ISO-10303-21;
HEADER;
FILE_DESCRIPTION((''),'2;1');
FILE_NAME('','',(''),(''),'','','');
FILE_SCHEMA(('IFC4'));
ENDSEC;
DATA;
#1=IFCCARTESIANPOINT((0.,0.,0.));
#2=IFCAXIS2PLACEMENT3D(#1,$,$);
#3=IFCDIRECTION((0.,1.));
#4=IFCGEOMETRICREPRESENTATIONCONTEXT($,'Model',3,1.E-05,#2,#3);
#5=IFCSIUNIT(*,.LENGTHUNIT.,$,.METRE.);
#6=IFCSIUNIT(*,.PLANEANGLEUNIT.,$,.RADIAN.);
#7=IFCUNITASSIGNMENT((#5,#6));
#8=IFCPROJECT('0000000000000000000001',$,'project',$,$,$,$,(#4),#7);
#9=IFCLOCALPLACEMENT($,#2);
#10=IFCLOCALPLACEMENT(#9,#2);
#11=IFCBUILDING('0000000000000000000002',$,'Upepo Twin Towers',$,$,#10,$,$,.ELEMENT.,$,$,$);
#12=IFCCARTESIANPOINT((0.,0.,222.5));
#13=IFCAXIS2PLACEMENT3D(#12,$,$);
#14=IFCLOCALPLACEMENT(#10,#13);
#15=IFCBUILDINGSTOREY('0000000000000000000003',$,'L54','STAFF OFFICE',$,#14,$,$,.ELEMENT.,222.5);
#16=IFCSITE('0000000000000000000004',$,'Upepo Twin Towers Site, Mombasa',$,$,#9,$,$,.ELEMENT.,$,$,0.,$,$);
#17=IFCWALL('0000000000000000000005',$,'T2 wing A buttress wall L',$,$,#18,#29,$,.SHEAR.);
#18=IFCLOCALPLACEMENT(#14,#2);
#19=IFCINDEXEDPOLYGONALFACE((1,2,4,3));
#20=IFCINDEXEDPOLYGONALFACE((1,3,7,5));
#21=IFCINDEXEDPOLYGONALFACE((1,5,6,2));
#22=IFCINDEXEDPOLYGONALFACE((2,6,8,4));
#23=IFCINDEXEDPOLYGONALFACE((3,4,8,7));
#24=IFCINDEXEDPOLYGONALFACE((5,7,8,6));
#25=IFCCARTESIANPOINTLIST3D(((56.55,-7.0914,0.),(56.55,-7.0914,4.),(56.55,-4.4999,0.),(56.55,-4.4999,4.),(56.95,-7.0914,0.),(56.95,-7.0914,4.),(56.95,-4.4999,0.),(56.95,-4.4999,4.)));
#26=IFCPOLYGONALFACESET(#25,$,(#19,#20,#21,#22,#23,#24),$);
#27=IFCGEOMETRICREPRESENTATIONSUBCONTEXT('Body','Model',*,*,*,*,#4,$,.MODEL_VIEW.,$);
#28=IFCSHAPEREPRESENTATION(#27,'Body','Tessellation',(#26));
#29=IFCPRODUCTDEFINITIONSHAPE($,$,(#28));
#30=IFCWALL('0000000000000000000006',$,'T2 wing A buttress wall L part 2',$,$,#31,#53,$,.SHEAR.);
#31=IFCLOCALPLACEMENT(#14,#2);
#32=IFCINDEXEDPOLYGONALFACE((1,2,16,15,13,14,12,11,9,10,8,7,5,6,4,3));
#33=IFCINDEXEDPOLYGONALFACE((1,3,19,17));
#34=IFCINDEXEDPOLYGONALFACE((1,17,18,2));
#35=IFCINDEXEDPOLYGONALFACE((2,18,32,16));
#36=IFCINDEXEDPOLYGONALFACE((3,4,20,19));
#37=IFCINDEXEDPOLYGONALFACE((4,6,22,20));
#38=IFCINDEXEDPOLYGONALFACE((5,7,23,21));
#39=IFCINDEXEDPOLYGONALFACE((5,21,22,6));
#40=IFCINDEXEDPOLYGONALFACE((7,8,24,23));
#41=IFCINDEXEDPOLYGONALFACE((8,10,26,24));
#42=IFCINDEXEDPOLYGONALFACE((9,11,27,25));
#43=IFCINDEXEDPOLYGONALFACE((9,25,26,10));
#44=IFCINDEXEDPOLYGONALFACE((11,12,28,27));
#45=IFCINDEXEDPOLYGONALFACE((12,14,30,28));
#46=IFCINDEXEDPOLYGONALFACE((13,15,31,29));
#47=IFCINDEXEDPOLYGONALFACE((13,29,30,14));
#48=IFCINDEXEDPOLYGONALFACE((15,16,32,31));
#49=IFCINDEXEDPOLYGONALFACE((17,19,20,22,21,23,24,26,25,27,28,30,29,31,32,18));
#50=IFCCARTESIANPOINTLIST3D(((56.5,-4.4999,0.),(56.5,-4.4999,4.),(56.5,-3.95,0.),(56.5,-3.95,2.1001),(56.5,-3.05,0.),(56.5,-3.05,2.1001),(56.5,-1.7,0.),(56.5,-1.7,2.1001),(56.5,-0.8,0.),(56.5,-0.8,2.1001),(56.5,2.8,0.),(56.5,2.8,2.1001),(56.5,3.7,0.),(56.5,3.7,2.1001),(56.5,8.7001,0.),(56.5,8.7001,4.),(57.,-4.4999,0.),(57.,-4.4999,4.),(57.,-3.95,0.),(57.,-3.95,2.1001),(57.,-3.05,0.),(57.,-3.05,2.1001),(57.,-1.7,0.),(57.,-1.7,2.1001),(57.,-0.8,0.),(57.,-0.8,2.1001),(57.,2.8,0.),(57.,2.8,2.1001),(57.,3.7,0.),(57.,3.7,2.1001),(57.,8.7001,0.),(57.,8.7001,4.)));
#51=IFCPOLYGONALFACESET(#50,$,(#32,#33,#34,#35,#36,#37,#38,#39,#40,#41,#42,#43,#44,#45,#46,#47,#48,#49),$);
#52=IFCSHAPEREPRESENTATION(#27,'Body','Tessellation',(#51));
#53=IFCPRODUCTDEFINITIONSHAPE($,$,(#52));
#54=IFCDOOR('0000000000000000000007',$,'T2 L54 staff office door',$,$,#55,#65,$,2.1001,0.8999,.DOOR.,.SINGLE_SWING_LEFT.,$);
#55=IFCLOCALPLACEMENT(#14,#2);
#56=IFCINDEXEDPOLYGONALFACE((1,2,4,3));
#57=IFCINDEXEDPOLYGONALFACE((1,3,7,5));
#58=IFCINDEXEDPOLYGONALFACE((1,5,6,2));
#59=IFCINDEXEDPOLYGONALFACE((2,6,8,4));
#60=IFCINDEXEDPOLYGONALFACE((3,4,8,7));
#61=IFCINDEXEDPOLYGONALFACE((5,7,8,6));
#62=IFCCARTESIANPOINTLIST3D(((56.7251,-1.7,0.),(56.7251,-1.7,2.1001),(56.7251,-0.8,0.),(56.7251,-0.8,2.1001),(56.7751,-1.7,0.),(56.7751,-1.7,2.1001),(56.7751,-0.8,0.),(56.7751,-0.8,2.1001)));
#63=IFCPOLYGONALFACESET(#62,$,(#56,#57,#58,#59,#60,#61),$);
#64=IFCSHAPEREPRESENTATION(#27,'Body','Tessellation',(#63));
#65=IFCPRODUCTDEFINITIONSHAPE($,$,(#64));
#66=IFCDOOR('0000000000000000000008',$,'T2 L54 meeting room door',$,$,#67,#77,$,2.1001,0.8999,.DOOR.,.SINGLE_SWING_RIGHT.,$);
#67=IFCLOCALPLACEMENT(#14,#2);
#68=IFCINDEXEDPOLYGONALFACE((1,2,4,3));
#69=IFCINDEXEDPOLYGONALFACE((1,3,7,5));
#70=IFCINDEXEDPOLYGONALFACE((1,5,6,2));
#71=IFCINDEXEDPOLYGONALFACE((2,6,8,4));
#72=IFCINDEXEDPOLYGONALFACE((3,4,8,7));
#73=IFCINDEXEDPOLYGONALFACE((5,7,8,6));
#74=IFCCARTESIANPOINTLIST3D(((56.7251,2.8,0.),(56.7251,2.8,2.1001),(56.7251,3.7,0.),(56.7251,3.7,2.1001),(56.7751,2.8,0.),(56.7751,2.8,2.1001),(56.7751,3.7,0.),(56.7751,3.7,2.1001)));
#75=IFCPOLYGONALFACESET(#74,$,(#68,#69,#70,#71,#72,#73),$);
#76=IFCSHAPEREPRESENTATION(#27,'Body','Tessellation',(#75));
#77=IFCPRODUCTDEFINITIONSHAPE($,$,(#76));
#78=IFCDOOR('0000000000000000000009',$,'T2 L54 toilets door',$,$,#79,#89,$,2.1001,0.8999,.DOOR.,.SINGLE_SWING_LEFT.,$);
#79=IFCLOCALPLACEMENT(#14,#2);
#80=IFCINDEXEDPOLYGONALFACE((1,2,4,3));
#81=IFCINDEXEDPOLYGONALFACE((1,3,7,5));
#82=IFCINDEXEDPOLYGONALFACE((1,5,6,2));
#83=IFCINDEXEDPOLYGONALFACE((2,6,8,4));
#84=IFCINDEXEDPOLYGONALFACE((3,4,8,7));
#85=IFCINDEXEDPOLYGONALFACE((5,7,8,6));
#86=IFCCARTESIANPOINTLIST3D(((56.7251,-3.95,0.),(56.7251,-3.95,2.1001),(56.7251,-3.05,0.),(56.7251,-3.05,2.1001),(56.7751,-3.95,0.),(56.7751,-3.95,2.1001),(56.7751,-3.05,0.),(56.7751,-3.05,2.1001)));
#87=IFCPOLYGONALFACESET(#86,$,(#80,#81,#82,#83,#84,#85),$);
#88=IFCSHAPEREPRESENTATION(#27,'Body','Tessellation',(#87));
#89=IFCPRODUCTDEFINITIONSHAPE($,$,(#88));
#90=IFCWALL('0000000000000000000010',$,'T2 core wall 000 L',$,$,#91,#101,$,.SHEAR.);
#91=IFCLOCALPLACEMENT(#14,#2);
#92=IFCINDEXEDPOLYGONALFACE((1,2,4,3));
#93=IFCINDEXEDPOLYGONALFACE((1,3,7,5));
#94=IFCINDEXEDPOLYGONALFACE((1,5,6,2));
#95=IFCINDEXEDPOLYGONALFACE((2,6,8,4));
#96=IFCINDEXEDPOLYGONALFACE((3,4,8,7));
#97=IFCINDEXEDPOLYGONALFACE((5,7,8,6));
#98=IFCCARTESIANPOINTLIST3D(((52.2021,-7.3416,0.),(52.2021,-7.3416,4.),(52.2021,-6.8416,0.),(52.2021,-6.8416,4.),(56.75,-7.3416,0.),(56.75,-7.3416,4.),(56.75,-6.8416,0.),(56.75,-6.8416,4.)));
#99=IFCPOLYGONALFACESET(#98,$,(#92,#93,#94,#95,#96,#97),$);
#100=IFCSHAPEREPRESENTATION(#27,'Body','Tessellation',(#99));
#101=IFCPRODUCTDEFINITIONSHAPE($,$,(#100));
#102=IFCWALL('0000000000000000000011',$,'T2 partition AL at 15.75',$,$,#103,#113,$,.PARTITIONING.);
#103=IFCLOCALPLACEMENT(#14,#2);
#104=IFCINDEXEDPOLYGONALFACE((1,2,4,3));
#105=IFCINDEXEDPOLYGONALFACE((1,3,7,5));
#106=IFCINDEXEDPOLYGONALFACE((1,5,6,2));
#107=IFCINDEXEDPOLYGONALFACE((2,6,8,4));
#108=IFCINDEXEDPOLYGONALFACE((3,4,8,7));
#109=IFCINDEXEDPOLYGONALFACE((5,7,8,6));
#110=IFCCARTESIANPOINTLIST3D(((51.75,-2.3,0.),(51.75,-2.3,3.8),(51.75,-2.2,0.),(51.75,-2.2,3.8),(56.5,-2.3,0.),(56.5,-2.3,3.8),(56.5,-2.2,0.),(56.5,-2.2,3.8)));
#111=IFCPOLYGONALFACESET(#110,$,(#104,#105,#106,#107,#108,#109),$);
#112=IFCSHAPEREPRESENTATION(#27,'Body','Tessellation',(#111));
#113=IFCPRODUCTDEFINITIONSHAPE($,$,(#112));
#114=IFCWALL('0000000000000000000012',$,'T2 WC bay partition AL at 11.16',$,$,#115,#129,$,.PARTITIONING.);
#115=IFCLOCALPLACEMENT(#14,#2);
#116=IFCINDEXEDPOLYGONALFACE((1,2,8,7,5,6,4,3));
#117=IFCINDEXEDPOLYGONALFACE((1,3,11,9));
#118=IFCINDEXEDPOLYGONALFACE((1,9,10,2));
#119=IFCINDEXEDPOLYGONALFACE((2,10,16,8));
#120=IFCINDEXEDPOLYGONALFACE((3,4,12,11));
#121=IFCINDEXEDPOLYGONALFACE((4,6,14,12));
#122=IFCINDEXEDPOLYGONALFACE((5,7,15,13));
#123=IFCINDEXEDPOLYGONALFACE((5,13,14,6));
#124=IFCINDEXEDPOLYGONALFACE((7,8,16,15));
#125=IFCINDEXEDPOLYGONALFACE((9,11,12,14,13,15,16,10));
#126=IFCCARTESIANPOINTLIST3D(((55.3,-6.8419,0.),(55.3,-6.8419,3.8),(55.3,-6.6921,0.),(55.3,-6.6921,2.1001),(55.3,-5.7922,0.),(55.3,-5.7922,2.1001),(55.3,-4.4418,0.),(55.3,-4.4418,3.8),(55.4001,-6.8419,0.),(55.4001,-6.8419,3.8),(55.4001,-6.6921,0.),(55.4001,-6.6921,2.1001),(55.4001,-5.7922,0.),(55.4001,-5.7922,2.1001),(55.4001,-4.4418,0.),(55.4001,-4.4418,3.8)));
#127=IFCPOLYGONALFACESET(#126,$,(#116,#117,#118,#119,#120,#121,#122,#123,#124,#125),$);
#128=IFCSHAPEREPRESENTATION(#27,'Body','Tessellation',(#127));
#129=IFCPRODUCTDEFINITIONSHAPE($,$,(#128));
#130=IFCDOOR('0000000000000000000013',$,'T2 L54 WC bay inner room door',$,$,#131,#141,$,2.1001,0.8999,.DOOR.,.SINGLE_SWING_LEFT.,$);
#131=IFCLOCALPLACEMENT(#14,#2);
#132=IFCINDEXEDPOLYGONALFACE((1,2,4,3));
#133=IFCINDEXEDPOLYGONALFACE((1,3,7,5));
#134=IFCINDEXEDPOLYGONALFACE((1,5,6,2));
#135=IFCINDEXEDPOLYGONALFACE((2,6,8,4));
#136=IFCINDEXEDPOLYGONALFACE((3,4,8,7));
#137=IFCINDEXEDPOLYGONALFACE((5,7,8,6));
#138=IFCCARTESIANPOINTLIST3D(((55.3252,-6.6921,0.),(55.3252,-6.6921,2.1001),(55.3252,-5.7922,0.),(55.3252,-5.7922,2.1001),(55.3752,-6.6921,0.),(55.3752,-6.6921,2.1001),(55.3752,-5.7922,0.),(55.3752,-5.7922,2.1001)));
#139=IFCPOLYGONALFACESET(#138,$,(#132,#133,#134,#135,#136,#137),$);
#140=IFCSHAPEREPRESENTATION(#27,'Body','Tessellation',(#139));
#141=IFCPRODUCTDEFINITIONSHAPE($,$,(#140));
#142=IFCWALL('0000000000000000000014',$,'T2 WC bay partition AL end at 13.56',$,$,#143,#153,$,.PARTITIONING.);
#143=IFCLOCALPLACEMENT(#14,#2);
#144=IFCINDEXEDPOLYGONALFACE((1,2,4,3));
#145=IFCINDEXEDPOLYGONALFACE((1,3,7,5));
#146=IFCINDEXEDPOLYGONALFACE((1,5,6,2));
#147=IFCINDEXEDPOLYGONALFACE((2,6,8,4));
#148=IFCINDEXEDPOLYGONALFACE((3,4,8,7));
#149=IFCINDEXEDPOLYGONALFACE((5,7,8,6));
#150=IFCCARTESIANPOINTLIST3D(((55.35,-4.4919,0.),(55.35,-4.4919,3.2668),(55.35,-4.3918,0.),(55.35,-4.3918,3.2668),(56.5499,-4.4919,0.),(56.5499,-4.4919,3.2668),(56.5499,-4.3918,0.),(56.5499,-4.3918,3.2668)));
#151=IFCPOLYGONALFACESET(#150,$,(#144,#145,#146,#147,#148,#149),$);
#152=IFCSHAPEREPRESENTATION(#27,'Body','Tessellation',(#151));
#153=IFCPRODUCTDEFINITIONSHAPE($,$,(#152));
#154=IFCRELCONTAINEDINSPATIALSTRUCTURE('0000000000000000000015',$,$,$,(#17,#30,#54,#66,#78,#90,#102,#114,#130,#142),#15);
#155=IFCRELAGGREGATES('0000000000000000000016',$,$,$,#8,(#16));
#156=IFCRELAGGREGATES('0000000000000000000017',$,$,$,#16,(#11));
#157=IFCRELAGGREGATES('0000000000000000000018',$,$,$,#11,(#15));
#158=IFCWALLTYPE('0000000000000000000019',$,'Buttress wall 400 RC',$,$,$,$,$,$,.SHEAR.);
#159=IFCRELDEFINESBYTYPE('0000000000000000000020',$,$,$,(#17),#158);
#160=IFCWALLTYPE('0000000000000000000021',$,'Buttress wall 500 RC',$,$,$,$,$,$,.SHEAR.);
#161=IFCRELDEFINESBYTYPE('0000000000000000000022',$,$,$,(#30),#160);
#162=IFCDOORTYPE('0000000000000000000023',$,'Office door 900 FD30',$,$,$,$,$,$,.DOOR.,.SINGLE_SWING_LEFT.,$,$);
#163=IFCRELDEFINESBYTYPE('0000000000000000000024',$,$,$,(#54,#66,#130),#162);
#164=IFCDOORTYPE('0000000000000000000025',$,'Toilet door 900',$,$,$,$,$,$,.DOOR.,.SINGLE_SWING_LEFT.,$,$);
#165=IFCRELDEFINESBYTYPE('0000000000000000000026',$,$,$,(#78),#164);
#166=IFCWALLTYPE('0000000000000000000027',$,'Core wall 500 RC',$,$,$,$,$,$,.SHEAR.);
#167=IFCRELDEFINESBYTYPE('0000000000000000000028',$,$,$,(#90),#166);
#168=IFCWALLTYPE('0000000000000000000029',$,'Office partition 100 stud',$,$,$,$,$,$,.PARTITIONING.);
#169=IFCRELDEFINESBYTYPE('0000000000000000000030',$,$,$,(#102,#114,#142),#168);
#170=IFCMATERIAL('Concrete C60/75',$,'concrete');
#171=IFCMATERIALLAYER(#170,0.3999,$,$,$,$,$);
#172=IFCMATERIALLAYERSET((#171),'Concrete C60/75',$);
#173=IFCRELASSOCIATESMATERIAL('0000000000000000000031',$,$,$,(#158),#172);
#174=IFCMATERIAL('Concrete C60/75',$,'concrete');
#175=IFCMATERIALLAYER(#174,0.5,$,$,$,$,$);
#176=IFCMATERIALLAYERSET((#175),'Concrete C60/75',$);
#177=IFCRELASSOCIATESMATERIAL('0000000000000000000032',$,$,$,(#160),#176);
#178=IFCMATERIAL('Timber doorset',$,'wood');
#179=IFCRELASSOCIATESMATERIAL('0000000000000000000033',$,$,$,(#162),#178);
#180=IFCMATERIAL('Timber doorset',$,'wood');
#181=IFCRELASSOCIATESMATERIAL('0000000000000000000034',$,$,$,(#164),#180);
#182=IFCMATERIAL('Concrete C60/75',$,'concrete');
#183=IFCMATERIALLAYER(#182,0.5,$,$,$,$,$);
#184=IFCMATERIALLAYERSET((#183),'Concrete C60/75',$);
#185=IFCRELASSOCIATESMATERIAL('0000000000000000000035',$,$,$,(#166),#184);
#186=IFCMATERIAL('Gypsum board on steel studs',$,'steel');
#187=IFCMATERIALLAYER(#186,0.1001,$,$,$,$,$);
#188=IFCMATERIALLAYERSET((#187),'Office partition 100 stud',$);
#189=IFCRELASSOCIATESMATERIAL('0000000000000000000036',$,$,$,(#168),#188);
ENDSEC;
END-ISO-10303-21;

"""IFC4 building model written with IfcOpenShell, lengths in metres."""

from ifc_helpers import new_model, si_unit, direction, frame, frame_2d, origin, place, context, subcontext, project, spatial, rectangle, extrude, material, layer, layer_set, type_object, element, fill, save


model = new_model("IFC4")

# Units and contexts
model_context = context("Model", 3, precision=1e-05, world=origin(), true_north=direction((0.0, 1.0)))
body_context = subcontext(model_context, "Body", "Model", "MODEL_VIEW")
ifc_project = project(units=[si_unit("LENGTHUNIT", "METRE"), si_unit("PLANEANGLEUNIT", "RADIAN")], contexts=[model_context])

# Site, building, storey
site_placement = place(None, origin())
site = spatial("IfcSite", under=ifc_project, at=site_placement, Name="Upepo Twin Towers Site, Mombasa", CompositionType="ELEMENT", RefElevation=0.0)
building_placement = place(site_placement, origin())
building = spatial("IfcBuilding", under=site, at=building_placement, Name="Upepo Twin Towers", CompositionType="ELEMENT")
storey_placement = place(building_placement, frame((0.0, 0.0, 222.5)))
storey = spatial("IfcBuildingStorey", under=building, at=storey_placement, Name="L54", Description="STAFF OFFICE", CompositionType="ELEMENT", Elevation=222.5)

# Wall
ifc_material_1 = material(Name="Concrete C60/75", Category="concrete")
ifc_layer_1 = layer(ifc_material_1, 0.3999)
ifc_layer_set_1 = layer_set([ifc_layer_1], Name="Concrete C60/75")
wall_type_1 = type_object("IfcWallType", Name="Buttress wall 400 RC", PredefinedType="SHEAR", material=ifc_layer_set_1)
wall_1_placement = place(storey_placement, frame((56.75, -7.0916, 0.0), z_axis=(0.0, 0.0, 1.0), x_axis=(0.0, 1.0, 0.0)))
element("IfcWall", 1, at=wall_1_placement, inside=storey, type_object=wall_type_1, Name="T2 wing A buttress wall L", PredefinedType="SHEAR", context=body_context, shape_type="SweptSolid", body=[
    extrude(rectangle(XDim=2.5916, YDim=0.3999, at=frame_2d((1.2959, 0.0))), origin(), (0.0, 0.0, 1.0), 4.0),
])

# Wall, openings, doors
ifc_material_2 = material(Name="Concrete C60/75", Category="concrete")
ifc_layer_2 = layer(ifc_material_2, 0.5)
ifc_layer_set_2 = layer_set([ifc_layer_2], Name="Concrete C60/75")
wall_type_2 = type_object("IfcWallType", Name="Buttress wall 500 RC", PredefinedType="SHEAR", material=ifc_layer_set_2)
wall_2_placement = place(storey_placement, frame((56.75, -4.5, 0.0), z_axis=(0.0, 0.0, 1.0), x_axis=(0.0, 1.0, 0.0)))
wall_2 = element("IfcWall", 2, at=wall_2_placement, inside=storey, type_object=wall_type_2, Name="T2 wing A buttress wall L part 2", PredefinedType="SHEAR", context=body_context, shape_type="SweptSolid", body=[
    extrude(rectangle(XDim=13.2, YDim=0.5, at=frame_2d((6.6001, 0.0))), origin(), (0.0, 0.0, 1.0), 4.0),
])
opening_1_placement = place(wall_2_placement, frame((0.55, 0.0, 0.0)))
opening_1 = element("IfcOpeningElement", 3, at=opening_1_placement, cuts=wall_2, PredefinedType="OPENING", context=body_context, shape_type="SweptSolid", body=[
    extrude(rectangle(XDim=0.8999, YDim=2.1001, at=frame_2d((0.45, 1.05))), frame((0.0, 0.26, 0.0), z_axis=(0.0, -1.0, 0.0), x_axis=(1.0, 0.0, 0.0)), (0.0, 0.0, 1.0), 0.52),
])
opening_2_placement = place(wall_2_placement, frame((2.8, 0.0, 0.0)))
opening_2 = element("IfcOpeningElement", 4, at=opening_2_placement, cuts=wall_2, PredefinedType="OPENING", context=body_context, shape_type="SweptSolid", body=[
    extrude(rectangle(XDim=0.8999, YDim=2.1001, at=frame_2d((0.45, 1.05))), frame((0.0, 0.26, 0.0), z_axis=(0.0, -1.0, 0.0), x_axis=(1.0, 0.0, 0.0)), (0.0, 0.0, 1.0), 0.52),
])
opening_3_placement = place(wall_2_placement, frame((7.3, 0.0, 0.0)))
opening_3 = element("IfcOpeningElement", 5, at=opening_3_placement, cuts=wall_2, PredefinedType="OPENING", context=body_context, shape_type="SweptSolid", body=[
    extrude(rectangle(XDim=0.8999, YDim=2.1001, at=frame_2d((0.45, 1.05))), frame((0.0, 0.26, 0.0), z_axis=(0.0, -1.0, 0.0), x_axis=(1.0, 0.0, 0.0)), (0.0, 0.0, 1.0), 0.52),
])
ifc_material_3 = material(Name="Timber doorset", Category="wood")
door_type_1 = type_object("IfcDoorType", Name="Office door 900 FD30", OperationType="SINGLE_SWING_LEFT", PredefinedType="DOOR", material=ifc_material_3)
door_1_placement = place(opening_2_placement, origin())
door_1 = element("IfcDoor", 6, at=door_1_placement, inside=storey, type_object=door_type_1, Name="T2 L54 staff office door", OperationType="SINGLE_SWING_LEFT", OverallHeight=2.1001, OverallWidth=0.8999, PredefinedType="DOOR", context=body_context, shape_type="SweptSolid", body=[
    extrude(rectangle(XDim=0.8999, YDim=2.1001, at=frame_2d((0.45, 1.05))), frame((0.0, 0.0249, 0.0), z_axis=(0.0, -1.0, 0.0), x_axis=(1.0, 0.0, 0.0)), (0.0, 0.0, 1.0), 0.05),
])
fill(opening_2, door_1)
door_2_placement = place(opening_3_placement, origin())
door_2 = element("IfcDoor", 7, at=door_2_placement, inside=storey, type_object=door_type_1, Name="T2 L54 meeting room door", OperationType="SINGLE_SWING_RIGHT", OverallHeight=2.1001, OverallWidth=0.8999, PredefinedType="DOOR", context=body_context, shape_type="SweptSolid", body=[
    extrude(rectangle(XDim=0.8999, YDim=2.1001, at=frame_2d((0.45, 1.05))), frame((0.0, 0.0249, 0.0), z_axis=(0.0, -1.0, 0.0), x_axis=(1.0, 0.0, 0.0)), (0.0, 0.0, 1.0), 0.05),
])
fill(opening_3, door_2)
ifc_material_4 = material(Name="Timber doorset", Category="wood")
door_type_2 = type_object("IfcDoorType", Name="Toilet door 900", OperationType="SINGLE_SWING_LEFT", PredefinedType="DOOR", material=ifc_material_4)
door_3_placement = place(opening_1_placement, origin())
door_3 = element("IfcDoor", 8, at=door_3_placement, inside=storey, type_object=door_type_2, Name="T2 L54 toilets door", OperationType="SINGLE_SWING_LEFT", OverallHeight=2.1001, OverallWidth=0.8999, PredefinedType="DOOR", context=body_context, shape_type="SweptSolid", body=[
    extrude(rectangle(XDim=0.8999, YDim=2.1001, at=frame_2d((0.45, 1.05))), frame((0.0, 0.0249, 0.0), z_axis=(0.0, -1.0, 0.0), x_axis=(1.0, 0.0, 0.0)), (0.0, 0.0, 1.0), 0.05),
])
fill(opening_1, door_3)

# Walls
ifc_material_5 = material(Name="Concrete C60/75", Category="concrete")
ifc_layer_3 = layer(ifc_material_5, 0.5)
ifc_layer_set_3 = layer_set([ifc_layer_3], Name="Concrete C60/75")
wall_type_3 = type_object("IfcWallType", Name="Core wall 500 RC", PredefinedType="SHEAR", material=ifc_layer_set_3)
wall_3_placement = place(storey_placement, frame((56.75, -7.0916, 0.0), z_axis=(0.0, 0.0, 1.0), x_axis=(-1.0, 0.0, 0.0)))
element("IfcWall", 9, at=wall_3_placement, inside=storey, type_object=wall_type_3, Name="T2 core wall 000 L", PredefinedType="SHEAR", context=body_context, shape_type="SweptSolid", body=[
    extrude(rectangle(XDim=4.5479, YDim=0.5, at=frame_2d((2.2739, 0.0))), origin(), (0.0, 0.0, 1.0), 4.0),
])
ifc_material_6 = material(Name="Gypsum board on steel studs", Category="steel")
ifc_layer_4 = layer(ifc_material_6, 0.1001)
ifc_layer_set_4 = layer_set([ifc_layer_4], Name="Office partition 100 stud")
wall_type_4 = type_object("IfcWallType", Name="Office partition 100 stud", PredefinedType="PARTITIONING", material=ifc_layer_set_4)
wall_4_placement = place(storey_placement, frame((56.5, -2.25, 0.0), z_axis=(0.0, 0.0, 1.0), x_axis=(-1.0, 0.0, 0.0)))
element("IfcWall", 10, at=wall_4_placement, inside=storey, type_object=wall_type_4, Name="T2 partition AL at 15.75", PredefinedType="PARTITIONING", context=body_context, shape_type="SweptSolid", body=[
    extrude(rectangle(XDim=4.75, YDim=0.1001, at=frame_2d((2.375, 0.0))), origin(), (0.0, 0.0, 1.0), 3.8),
])

# Wall, opening, door
wall_5_placement = place(storey_placement, frame((55.3501, -6.842, 0.0), z_axis=(0.0, 0.0, 1.0), x_axis=(0.0, 1.0, 0.0)))
wall_5 = element("IfcWall", 11, at=wall_5_placement, inside=storey, type_object=wall_type_4, Name="T2 WC bay partition AL at 11.16", PredefinedType="PARTITIONING", context=body_context, shape_type="SweptSolid", body=[
    extrude(rectangle(XDim=2.4001, YDim=0.1001, at=frame_2d((1.2002, 0.0))), origin(), (0.0, 0.0, 1.0), 3.8),
])
opening_4_placement = place(wall_5_placement, frame((0.1499, 0.0, 0.0)))
opening_4 = element("IfcOpeningElement", 12, at=opening_4_placement, cuts=wall_5, PredefinedType="OPENING", context=body_context, shape_type="SweptSolid", body=[
    extrude(rectangle(XDim=0.8999, YDim=2.1001, at=frame_2d((0.45, 1.05))), frame((0.0, 0.0601, 0.0), z_axis=(0.0, -1.0, 0.0), x_axis=(1.0, 0.0, 0.0)), (0.0, 0.0, 1.0), 0.1201),
])
door_4_placement = place(opening_4_placement, origin())
door_4 = element("IfcDoor", 13, at=door_4_placement, inside=storey, type_object=door_type_1, Name="T2 L54 WC bay inner room door", OperationType="SINGLE_SWING_LEFT", OverallHeight=2.1001, OverallWidth=0.8999, PredefinedType="DOOR", context=body_context, shape_type="SweptSolid", body=[
    extrude(rectangle(XDim=0.8999, YDim=2.1001, at=frame_2d((0.45, 1.05))), frame((0.0, 0.0249, 0.0), z_axis=(0.0, -1.0, 0.0), x_axis=(1.0, 0.0, 0.0)), (0.0, 0.0, 1.0), 0.05),
])
fill(opening_4, door_4)

# Wall
wall_6_placement = place(storey_placement, frame((56.55, -4.4419, 0.0), z_axis=(0.0, 0.0, 1.0), x_axis=(-1.0, 0.0, 0.0)))
element("IfcWall", 14, at=wall_6_placement, inside=storey, type_object=wall_type_4, Name="T2 WC bay partition AL end at 13.56", PredefinedType="PARTITIONING", context=body_context, shape_type="SweptSolid", body=[
    extrude(rectangle(XDim=1.2, YDim=0.1001, at=frame_2d((0.6001, 0.0))), origin(), (0.0, 0.0, 1.0), 3.2668),
])

save(model, "model.ifc")
